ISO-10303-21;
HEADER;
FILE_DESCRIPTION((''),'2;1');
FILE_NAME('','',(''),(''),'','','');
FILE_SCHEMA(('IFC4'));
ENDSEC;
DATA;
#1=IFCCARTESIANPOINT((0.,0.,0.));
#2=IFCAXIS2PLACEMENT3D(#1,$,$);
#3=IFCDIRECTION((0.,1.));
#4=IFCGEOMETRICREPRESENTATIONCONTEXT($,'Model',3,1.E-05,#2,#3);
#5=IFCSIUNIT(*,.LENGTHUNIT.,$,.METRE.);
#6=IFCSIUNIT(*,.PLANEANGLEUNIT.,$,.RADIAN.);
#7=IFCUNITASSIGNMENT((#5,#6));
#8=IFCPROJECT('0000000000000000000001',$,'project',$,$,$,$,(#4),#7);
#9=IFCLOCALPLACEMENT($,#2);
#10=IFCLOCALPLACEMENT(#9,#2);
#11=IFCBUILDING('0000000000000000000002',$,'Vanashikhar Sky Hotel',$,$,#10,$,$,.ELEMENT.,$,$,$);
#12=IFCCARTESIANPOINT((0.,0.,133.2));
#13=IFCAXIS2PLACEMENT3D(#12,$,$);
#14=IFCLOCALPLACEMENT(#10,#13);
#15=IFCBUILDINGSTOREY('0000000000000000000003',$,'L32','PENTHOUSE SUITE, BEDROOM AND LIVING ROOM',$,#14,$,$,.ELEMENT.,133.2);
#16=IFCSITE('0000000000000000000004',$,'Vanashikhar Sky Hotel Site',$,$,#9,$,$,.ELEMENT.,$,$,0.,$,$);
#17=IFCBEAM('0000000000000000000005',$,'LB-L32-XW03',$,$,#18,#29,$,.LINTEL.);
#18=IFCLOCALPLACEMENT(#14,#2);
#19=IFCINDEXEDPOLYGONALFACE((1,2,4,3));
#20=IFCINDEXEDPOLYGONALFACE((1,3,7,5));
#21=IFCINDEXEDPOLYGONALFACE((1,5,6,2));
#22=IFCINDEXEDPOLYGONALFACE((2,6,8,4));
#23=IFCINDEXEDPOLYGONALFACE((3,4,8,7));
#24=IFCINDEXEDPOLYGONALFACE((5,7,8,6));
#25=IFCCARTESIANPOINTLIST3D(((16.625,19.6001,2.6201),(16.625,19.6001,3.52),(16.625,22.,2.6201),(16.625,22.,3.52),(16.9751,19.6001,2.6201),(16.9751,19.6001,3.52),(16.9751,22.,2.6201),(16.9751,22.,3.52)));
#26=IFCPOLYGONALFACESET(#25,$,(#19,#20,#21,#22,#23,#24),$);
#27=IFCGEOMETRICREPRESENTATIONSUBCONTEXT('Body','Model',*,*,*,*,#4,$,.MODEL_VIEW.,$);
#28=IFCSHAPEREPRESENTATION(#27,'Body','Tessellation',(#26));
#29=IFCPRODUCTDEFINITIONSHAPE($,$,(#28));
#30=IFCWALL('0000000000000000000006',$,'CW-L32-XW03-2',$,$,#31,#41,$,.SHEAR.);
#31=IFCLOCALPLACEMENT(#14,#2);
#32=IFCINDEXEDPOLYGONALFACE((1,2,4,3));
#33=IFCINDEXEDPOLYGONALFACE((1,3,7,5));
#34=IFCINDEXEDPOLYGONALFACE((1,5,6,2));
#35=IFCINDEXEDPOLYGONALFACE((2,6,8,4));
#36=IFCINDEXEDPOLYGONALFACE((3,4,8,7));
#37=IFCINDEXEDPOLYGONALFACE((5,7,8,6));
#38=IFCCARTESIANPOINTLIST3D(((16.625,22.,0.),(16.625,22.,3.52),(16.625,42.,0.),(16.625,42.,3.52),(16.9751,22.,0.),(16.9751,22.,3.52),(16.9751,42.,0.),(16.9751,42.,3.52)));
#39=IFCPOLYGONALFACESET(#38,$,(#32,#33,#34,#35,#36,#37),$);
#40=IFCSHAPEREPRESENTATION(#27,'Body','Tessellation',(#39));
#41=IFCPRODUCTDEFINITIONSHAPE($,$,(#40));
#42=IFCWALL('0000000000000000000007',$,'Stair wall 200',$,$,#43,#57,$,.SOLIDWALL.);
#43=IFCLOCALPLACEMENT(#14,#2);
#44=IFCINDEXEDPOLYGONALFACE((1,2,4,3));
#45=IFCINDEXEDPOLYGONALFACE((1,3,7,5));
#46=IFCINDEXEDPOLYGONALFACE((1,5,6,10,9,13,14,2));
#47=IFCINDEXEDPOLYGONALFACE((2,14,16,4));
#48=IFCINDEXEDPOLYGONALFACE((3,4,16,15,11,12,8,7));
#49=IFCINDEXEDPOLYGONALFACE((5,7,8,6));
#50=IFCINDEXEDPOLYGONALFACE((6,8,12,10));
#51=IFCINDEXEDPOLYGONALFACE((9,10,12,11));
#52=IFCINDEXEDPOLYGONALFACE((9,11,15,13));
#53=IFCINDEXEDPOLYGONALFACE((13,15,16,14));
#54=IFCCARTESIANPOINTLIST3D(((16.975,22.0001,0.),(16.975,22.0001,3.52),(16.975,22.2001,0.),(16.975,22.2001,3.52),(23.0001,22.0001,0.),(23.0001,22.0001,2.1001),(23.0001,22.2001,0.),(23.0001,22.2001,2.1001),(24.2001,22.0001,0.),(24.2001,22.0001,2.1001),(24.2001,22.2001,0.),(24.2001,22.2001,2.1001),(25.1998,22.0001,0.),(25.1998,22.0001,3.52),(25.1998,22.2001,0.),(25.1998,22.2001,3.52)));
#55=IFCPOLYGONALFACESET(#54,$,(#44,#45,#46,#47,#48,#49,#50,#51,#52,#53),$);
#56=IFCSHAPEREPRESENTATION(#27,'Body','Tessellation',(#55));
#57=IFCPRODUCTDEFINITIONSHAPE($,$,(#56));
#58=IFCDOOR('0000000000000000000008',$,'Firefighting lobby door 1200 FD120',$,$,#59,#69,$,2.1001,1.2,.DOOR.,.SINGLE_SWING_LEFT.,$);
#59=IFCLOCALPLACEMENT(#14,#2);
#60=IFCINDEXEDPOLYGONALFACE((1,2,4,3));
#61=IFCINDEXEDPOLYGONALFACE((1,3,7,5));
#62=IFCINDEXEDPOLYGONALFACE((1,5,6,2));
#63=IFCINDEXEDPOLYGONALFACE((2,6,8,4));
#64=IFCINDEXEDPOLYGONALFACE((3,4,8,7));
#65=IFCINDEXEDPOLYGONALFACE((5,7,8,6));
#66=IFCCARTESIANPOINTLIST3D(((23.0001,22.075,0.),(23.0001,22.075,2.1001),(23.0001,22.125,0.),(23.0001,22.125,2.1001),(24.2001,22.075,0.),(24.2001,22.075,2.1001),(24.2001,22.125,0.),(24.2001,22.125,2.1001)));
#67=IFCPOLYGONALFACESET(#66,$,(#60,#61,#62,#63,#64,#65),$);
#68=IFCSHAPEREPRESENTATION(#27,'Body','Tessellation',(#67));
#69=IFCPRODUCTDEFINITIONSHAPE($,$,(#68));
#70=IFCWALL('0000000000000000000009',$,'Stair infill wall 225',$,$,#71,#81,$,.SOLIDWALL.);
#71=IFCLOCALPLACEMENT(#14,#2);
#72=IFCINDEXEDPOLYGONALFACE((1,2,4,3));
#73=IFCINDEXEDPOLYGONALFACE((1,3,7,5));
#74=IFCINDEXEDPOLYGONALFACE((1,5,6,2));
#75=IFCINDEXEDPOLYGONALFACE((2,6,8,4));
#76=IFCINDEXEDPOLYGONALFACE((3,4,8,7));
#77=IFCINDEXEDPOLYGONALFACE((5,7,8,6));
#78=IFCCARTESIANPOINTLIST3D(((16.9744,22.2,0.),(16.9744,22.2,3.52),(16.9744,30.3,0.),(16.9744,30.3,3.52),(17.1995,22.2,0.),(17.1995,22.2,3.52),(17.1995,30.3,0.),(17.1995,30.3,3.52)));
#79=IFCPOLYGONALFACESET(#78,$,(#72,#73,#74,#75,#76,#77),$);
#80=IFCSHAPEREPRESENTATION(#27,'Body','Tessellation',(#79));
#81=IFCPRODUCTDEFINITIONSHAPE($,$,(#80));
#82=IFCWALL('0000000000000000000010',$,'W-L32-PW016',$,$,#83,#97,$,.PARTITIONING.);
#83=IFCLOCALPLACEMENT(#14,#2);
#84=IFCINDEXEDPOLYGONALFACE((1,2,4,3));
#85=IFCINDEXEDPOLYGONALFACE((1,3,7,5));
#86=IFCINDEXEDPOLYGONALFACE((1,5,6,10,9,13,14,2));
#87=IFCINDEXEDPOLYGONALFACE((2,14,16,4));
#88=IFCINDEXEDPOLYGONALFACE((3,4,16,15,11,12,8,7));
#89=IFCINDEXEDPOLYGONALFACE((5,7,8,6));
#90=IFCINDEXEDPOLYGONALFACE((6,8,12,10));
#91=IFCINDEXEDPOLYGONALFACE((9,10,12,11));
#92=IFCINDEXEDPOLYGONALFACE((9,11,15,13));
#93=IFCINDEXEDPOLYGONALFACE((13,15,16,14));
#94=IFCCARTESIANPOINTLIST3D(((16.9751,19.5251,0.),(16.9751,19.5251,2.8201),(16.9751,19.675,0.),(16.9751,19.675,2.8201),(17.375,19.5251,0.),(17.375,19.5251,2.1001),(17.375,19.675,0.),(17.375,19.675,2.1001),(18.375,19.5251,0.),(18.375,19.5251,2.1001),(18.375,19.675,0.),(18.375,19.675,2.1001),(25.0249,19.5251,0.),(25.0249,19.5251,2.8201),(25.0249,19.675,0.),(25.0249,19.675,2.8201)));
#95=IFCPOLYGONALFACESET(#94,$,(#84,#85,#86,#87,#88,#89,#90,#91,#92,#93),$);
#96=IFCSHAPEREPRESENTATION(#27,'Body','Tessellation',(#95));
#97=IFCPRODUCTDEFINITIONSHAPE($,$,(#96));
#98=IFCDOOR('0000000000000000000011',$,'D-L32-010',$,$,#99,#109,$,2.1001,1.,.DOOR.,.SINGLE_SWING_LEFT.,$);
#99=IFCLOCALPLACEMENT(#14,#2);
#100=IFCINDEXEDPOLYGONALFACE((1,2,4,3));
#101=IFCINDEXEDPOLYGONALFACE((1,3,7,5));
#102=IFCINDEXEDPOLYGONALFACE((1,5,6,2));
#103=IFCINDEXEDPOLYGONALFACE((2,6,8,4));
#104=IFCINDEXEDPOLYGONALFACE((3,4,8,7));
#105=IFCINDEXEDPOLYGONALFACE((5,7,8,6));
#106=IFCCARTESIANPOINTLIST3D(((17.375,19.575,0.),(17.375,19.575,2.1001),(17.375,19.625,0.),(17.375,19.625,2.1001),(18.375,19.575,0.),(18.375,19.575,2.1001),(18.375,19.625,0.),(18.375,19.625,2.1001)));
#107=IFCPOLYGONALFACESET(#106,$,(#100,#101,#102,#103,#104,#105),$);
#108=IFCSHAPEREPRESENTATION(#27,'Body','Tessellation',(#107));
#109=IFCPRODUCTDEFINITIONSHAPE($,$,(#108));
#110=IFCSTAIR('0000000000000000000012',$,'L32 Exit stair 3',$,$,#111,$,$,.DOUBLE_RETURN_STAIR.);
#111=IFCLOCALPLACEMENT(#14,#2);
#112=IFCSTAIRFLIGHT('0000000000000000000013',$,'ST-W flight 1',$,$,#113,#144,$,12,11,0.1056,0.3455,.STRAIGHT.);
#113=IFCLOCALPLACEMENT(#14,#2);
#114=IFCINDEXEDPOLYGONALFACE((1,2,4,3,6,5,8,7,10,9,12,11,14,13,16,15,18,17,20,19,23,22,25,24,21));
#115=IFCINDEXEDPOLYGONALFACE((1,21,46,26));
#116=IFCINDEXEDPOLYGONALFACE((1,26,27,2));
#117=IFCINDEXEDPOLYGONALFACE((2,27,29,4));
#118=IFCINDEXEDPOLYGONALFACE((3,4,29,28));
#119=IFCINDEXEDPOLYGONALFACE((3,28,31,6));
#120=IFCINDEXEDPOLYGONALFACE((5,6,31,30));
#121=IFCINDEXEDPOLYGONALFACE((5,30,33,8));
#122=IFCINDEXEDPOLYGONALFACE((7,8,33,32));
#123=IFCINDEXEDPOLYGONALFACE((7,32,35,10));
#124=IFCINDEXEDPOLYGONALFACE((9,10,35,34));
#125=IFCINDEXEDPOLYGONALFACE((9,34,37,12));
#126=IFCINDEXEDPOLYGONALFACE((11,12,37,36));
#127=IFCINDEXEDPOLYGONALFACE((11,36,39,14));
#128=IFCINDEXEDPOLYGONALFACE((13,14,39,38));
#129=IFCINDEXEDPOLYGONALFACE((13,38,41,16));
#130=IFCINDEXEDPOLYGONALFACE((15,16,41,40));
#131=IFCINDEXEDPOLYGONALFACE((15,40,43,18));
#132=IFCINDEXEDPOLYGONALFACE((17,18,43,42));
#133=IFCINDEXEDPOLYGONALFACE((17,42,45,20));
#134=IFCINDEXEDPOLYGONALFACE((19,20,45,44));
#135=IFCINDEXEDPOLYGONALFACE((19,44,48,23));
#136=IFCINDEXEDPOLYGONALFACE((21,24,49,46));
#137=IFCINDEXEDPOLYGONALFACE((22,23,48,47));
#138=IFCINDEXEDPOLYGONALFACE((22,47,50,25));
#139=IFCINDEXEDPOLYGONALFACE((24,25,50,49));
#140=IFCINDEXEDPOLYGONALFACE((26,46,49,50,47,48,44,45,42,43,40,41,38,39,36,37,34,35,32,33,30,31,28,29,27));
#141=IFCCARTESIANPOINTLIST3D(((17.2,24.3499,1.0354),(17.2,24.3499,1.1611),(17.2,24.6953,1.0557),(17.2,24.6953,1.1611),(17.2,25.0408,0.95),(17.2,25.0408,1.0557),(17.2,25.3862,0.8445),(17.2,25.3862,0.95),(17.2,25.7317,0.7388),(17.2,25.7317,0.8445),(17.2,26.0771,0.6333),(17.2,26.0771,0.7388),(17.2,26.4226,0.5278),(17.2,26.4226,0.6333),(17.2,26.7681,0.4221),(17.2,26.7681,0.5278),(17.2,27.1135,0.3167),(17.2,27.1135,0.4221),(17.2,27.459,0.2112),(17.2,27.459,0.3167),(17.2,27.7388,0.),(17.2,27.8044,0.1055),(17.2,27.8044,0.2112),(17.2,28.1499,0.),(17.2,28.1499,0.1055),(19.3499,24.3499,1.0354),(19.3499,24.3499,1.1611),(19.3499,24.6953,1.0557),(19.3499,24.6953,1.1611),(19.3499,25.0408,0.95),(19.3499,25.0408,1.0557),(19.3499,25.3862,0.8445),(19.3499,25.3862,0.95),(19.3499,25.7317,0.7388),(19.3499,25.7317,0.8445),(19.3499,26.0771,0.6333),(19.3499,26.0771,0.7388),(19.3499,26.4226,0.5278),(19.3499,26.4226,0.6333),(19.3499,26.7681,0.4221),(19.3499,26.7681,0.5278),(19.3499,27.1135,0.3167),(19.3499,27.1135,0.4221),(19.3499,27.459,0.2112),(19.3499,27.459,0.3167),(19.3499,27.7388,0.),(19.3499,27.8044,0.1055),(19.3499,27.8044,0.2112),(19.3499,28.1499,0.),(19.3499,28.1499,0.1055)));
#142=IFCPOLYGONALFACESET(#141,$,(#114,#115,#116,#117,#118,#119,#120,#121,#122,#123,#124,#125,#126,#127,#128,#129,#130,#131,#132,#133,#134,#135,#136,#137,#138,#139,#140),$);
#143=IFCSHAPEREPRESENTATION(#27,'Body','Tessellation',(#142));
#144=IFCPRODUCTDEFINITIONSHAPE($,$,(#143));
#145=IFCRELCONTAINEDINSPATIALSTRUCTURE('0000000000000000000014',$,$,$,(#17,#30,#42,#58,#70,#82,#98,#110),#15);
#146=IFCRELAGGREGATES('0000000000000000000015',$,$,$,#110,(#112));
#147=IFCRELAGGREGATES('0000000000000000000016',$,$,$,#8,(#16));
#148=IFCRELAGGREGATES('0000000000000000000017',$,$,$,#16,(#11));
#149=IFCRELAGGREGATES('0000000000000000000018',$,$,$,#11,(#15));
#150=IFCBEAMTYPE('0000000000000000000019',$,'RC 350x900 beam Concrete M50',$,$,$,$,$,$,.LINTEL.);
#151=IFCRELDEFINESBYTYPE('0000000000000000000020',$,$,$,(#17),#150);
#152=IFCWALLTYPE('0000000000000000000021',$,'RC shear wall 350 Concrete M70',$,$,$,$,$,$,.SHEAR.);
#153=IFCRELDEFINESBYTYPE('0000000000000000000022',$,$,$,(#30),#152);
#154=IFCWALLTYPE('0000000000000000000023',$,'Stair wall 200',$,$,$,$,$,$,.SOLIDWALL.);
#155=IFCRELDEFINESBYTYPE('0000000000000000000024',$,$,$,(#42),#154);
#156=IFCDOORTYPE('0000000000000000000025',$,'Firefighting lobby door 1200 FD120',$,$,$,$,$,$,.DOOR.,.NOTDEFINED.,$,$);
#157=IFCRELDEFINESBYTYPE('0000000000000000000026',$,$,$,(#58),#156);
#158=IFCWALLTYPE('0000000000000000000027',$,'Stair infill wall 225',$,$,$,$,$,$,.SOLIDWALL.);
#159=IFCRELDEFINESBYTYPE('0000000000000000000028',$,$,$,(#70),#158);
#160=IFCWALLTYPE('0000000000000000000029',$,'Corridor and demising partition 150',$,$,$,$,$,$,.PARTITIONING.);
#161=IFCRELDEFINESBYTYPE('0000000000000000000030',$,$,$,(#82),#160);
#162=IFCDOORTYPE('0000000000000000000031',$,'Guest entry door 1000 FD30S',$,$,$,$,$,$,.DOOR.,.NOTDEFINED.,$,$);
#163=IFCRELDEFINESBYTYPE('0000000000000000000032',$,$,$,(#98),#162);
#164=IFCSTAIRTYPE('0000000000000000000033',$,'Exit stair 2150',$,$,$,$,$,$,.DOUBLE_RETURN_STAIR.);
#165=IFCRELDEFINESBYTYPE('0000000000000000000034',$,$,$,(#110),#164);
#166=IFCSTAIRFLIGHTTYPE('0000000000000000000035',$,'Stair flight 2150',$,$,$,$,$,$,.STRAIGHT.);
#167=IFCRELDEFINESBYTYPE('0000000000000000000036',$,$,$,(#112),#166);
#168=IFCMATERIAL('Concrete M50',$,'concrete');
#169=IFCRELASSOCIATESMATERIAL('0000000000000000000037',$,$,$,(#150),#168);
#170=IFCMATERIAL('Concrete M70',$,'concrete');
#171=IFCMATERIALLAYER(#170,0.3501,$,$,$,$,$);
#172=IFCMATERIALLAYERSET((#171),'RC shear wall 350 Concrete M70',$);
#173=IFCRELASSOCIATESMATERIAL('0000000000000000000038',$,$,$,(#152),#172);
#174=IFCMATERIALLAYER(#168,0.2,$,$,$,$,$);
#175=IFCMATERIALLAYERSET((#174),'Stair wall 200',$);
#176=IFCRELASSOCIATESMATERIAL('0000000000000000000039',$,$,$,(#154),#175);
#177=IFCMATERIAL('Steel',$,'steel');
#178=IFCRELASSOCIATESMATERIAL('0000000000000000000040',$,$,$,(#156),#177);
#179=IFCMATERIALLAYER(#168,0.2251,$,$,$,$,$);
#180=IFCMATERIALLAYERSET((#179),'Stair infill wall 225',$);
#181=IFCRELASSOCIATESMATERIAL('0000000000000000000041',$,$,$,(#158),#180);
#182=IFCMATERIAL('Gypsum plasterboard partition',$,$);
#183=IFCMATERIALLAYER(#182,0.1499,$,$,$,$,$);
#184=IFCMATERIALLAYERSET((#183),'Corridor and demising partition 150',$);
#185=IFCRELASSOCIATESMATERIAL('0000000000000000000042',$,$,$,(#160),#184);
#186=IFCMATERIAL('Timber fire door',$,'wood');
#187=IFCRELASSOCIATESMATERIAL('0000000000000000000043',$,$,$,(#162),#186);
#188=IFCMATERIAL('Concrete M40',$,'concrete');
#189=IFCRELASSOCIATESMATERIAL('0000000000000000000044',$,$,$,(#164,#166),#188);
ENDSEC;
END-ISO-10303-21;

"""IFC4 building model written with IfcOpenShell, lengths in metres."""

from ifc_helpers import new_model, si_unit, direction, frame, frame_2d, origin, origin_2d, place, context, subcontext, project, spatial, polyline, rectangle, outline, extrude, source, transform, mapped, material, layer, layer_set, material_profile, profile_set, type_object, element, fill, aggregate, save


model = new_model("IFC4")

# Units and contexts
model_context = context("Model", 3, precision=1e-05, world=origin(), true_north=direction((0.0, 1.0)))
body_context = subcontext(model_context, "Body", "Model", "MODEL_VIEW")
ifc_project = project(units=[si_unit("LENGTHUNIT", "METRE"), si_unit("PLANEANGLEUNIT", "RADIAN")], contexts=[model_context])

# Site, building, storey
site_placement = place(None, origin())
site = spatial("IfcSite", under=ifc_project, at=site_placement, Name="Vanashikhar Sky Hotel Site", CompositionType="ELEMENT", RefElevation=0.0)
building_placement = place(site_placement, origin())
building = spatial("IfcBuilding", under=site, at=building_placement, Name="Vanashikhar Sky Hotel", CompositionType="ELEMENT")
storey_placement = place(building_placement, frame((0.0, 0.0, 133.2)))
storey = spatial("IfcBuildingStorey", under=building, at=storey_placement, Name="L32", Description="PENTHOUSE SUITE, BEDROOM AND LIVING ROOM", CompositionType="ELEMENT", Elevation=133.2)

# Beam
ifc_material_1 = material(Name="Concrete M50", Category="concrete")
ifc_material_profile = material_profile(ifc_material_1, rectangle(XDim=0.3501, YDim=0.8999, at=origin_2d()))
ifc_profile_set = profile_set([ifc_material_profile], Name="RC 350x900 beam Concrete M50")
beam_type = type_object("IfcBeamType", Name="RC 350x900 beam Concrete M50", PredefinedType="LINTEL", material=ifc_profile_set)
shared_shape_1 = source(origin(), body_context, "Body", "SweptSolid", [
    extrude(rectangle(XDim=0.3501, YDim=0.8999, at=origin_2d()), origin(), (0.0, 0.0, 1.0), 2.3999),
])
beam_placement = place(storey_placement, frame((16.8, 19.6001, 3.0701), z_axis=(0.0, 1.0, 0.0), x_axis=(-1.0, 0.0, 0.0)))
element("IfcBeam", 1, at=beam_placement, inside=storey, type_object=beam_type, Name="LB-L32-XW03", PredefinedType="LINTEL", context=body_context, shape_type="MappedRepresentation", body=[
    mapped(shared_shape_1, transform((0.0, 0.0, 0.0), scale=1.0)),
])

# Wall
ifc_material_2 = material(Name="Concrete M70", Category="concrete")
ifc_layer_1 = layer(ifc_material_2, 0.3501)
ifc_layer_set_1 = layer_set([ifc_layer_1], Name="RC shear wall 350 Concrete M70")
wall_type_1 = type_object("IfcWallType", Name="RC shear wall 350 Concrete M70", PredefinedType="SHEAR", material=ifc_layer_set_1)
shared_shape_2 = source(origin(), body_context, "Body", "SweptSolid", [
    extrude(rectangle(XDim=20.0, YDim=0.3501, at=frame_2d((10.0, 0.0))), origin(), (0.0, 0.0, 1.0), 3.52),
])
wall_1_placement = place(storey_placement, frame((16.8, 22.0, 0.0), z_axis=(0.0, 0.0, 1.0), x_axis=(0.0, 1.0, 0.0)))
element("IfcWall", 2, at=wall_1_placement, inside=storey, type_object=wall_type_1, Name="CW-L32-XW03-2", PredefinedType="SHEAR", context=body_context, shape_type="MappedRepresentation", body=[
    mapped(shared_shape_2, transform((0.0, 0.0, 0.0), scale=1.0)),
])

# Wall, opening, door
ifc_layer_2 = layer(ifc_material_1, 0.2)
ifc_layer_set_2 = layer_set([ifc_layer_2], Name="Stair wall 200")
wall_type_2 = type_object("IfcWallType", Name="Stair wall 200", PredefinedType="SOLIDWALL", material=ifc_layer_set_2)
shared_shape_3 = source(origin(), body_context, "Body", "SweptSolid", [
    extrude(rectangle(XDim=8.2249, YDim=0.2, at=frame_2d((4.1123, 0.0))), origin(), (0.0, 0.0, 1.0), 3.52),
])
wall_2_placement = place(storey_placement, frame((16.9751, 22.1001, 0.0), z_axis=(0.0, 0.0, 1.0), x_axis=(1.0, 0.0, 0.0)))
wall_2 = element("IfcWall", 3, at=wall_2_placement, inside=storey, type_object=wall_type_2, Name="Stair wall 200", PredefinedType="SOLIDWALL", context=body_context, shape_type="MappedRepresentation", body=[
    mapped(shared_shape_3, transform((0.0, 0.0, 0.0), scale=1.0)),
])
shared_shape_4 = source(origin(), body_context, "Body", "SweptSolid", [
    extrude(rectangle(XDim=1.2, YDim=2.1001, at=frame_2d((0.6001, 1.05))), frame((0.0, 0.1099, 0.0), z_axis=(0.0, -1.0, 0.0), x_axis=(1.0, 0.0, 0.0)), (0.0, 0.0, 1.0), 0.22),
])
opening_1_placement = place(wall_2_placement, frame((6.0249, 0.0, 0.0)))
opening_1 = element("IfcOpeningElement", 4, at=opening_1_placement, cuts=wall_2, PredefinedType="OPENING", context=body_context, shape_type="MappedRepresentation", body=[
    mapped(shared_shape_4, transform((0.0, 0.0, 0.0), scale=1.0)),
])
ifc_material_3 = material(Name="Steel", Category="steel")
door_type_1 = type_object("IfcDoorType", Name="Firefighting lobby door 1200 FD120", OperationType="NOTDEFINED", PredefinedType="DOOR", material=ifc_material_3)
shared_shape_5 = source(origin(), body_context, "Body", "SweptSolid", [
    extrude(rectangle(XDim=1.2, YDim=2.1001, at=frame_2d((0.6001, 1.05))), frame((0.0, 0.0249, 0.0), z_axis=(0.0, -1.0, 0.0), x_axis=(1.0, 0.0, 0.0)), (0.0, 0.0, 1.0), 0.05),
])
door_1_placement = place(opening_1_placement, origin())
door_1 = element("IfcDoor", 5, at=door_1_placement, inside=storey, type_object=door_type_1, Name="Firefighting lobby door 1200 FD120", OperationType="SINGLE_SWING_LEFT", OverallHeight=2.1001, OverallWidth=1.2, PredefinedType="DOOR", context=body_context, shape_type="MappedRepresentation", body=[
    mapped(shared_shape_5, transform((0.0, 0.0, 0.0), scale=1.0)),
])
fill(opening_1, door_1)

# Wall
ifc_layer_3 = layer(ifc_material_1, 0.2251)
ifc_layer_set_3 = layer_set([ifc_layer_3], Name="Stair infill wall 225")
wall_type_3 = type_object("IfcWallType", Name="Stair infill wall 225", PredefinedType="SOLIDWALL", material=ifc_layer_set_3)
shared_shape_6 = source(origin(), body_context, "Body", "SweptSolid", [
    extrude(rectangle(XDim=8.1001, YDim=0.2251, at=frame_2d((4.05, 0.0))), origin(), (0.0, 0.0, 1.0), 3.52),
])
wall_3_placement = place(storey_placement, frame((17.0869, 22.2, 0.0), z_axis=(0.0, 0.0, 1.0), x_axis=(0.0, 1.0, 0.0)))
element("IfcWall", 6, at=wall_3_placement, inside=storey, type_object=wall_type_3, Name="Stair infill wall 225", PredefinedType="SOLIDWALL", context=body_context, shape_type="MappedRepresentation", body=[
    mapped(shared_shape_6, transform((0.0, 0.0, 0.0), scale=1.0)),
])

# Wall, opening, door
ifc_material_4 = material(Name="Gypsum plasterboard partition")
ifc_layer_4 = layer(ifc_material_4, 0.1499)
ifc_layer_set_4 = layer_set([ifc_layer_4], Name="Corridor and demising partition 150")
wall_type_4 = type_object("IfcWallType", Name="Corridor and demising partition 150", PredefinedType="PARTITIONING", material=ifc_layer_set_4)
shared_shape_7 = source(origin(), body_context, "Body", "SweptSolid", [
    extrude(rectangle(XDim=8.0498, YDim=0.1499, at=frame_2d((4.0249, 0.0))), origin(), (0.0, 0.0, 1.0), 2.8201),
])
wall_4_placement = place(storey_placement, frame((16.9751, 19.6001, 0.0), z_axis=(0.0, 0.0, 1.0), x_axis=(1.0, 0.0, 0.0)))
wall_4 = element("IfcWall", 7, at=wall_4_placement, inside=storey, type_object=wall_type_4, Name="W-L32-PW016", PredefinedType="PARTITIONING", context=body_context, shape_type="MappedRepresentation", body=[
    mapped(shared_shape_7, transform((0.0, 0.0, 0.0), scale=1.0)),
])
shared_shape_8 = source(origin(), body_context, "Body", "SweptSolid", [
    extrude(rectangle(XDim=1.0, YDim=2.1001, at=frame_2d((0.5, 1.05))), frame((0.0, 0.085, 0.0), z_axis=(0.0, -1.0, 0.0), x_axis=(1.0, 0.0, 0.0)), (0.0, 0.0, 1.0), 0.1699),
])
opening_2_placement = place(wall_4_placement, frame((0.3999, 0.0, 0.0)))
opening_2 = element("IfcOpeningElement", 8, at=opening_2_placement, cuts=wall_4, PredefinedType="OPENING", context=body_context, shape_type="MappedRepresentation", body=[
    mapped(shared_shape_8, transform((0.0, 0.0, 0.0), scale=1.0)),
])
ifc_material_5 = material(Name="Timber fire door", Category="wood")
door_type_2 = type_object("IfcDoorType", Name="Guest entry door 1000 FD30S", OperationType="NOTDEFINED", PredefinedType="DOOR", material=ifc_material_5)
shared_shape_9 = source(origin(), body_context, "Body", "SweptSolid", [
    extrude(rectangle(XDim=1.0, YDim=2.1001, at=frame_2d((0.5, 1.05))), frame((0.0, 0.0249, 0.0), z_axis=(0.0, -1.0, 0.0), x_axis=(1.0, 0.0, 0.0)), (0.0, 0.0, 1.0), 0.05),
])
door_2_placement = place(opening_2_placement, origin())
door_2 = element("IfcDoor", 9, at=door_2_placement, inside=storey, type_object=door_type_2, Name="D-L32-010", OperationType="SINGLE_SWING_LEFT", OverallHeight=2.1001, OverallWidth=1.0, PredefinedType="DOOR", context=body_context, shape_type="MappedRepresentation", body=[
    mapped(shared_shape_9, transform((0.0, 0.0, 0.0), scale=1.0)),
])
fill(opening_2, door_2)

# Stair, stair flight
ifc_material_6 = material(Name="Concrete M40", Category="concrete")
stair_type = type_object("IfcStairType", Name="Exit stair 2150", PredefinedType="DOUBLE_RETURN_STAIR", material=ifc_material_6)
stair_placement = place(storey_placement, origin())
stair = element("IfcStair", 10, at=stair_placement, inside=storey, type_object=stair_type, Name="L32 Exit stair 3", PredefinedType="DOUBLE_RETURN_STAIR")
stair_flight_type = type_object("IfcStairFlightType", Name="Stair flight 2150", PredefinedType="STRAIGHT", material=ifc_material_6)
shared_shape_10 = source(origin(), body_context, "Body", "SweptSolid", [
    extrude(outline(polyline([(0.0, 0.0), (0.0, 0.1055), (0.3455, 0.1055), (0.3455, 0.2112), (0.6909, 0.2112), (0.6909, 0.3167), (1.0364, 0.3167), (1.0364, 0.4221), (1.3818, 0.4221), (1.3818, 0.5278), (1.7273, 0.5278), (1.7273, 0.6333), (2.0728, 0.6333), (2.0728, 0.7388), (2.4182, 0.7388), (2.4182, 0.8445), (2.7637, 0.8445), (2.7637, 0.95), (3.1091, 0.95), (3.1091, 1.0557), (3.4546, 1.0557), (3.4546, 1.1611), (3.8, 1.1611), (3.8, 1.2666), (3.8, 1.0354), (0.4111, 0.0), (0.0, 0.0)])), frame((0.0, 1.075, 0.0), z_axis=(0.0, -1.0, 0.0), x_axis=(1.0, 0.0, 0.0)), (0.0, 0.0, 1.0), 2.1499),
])
stair_flight_1_placement = place(storey_placement, frame((18.2749, 28.1499, 0.0), z_axis=(0.0, 0.0, 1.0), x_axis=(0.0, -1.0, 0.0)))
stair_flight_1 = element("IfcStairFlight", 11, at=stair_flight_1_placement, type_object=stair_flight_type, Name="ST-W flight 1", NumberOfRisers=12, NumberOfTreads=11, PredefinedType="STRAIGHT", RiserHeight=0.1056, TreadLength=0.3455, context=body_context, shape_type="MappedRepresentation", body=[
    mapped(shared_shape_10, transform((0.0, 0.0, 0.0), scale=1.0)),
])
aggregate(stair, [stair_flight_1])

save(model, "model.ifc")
